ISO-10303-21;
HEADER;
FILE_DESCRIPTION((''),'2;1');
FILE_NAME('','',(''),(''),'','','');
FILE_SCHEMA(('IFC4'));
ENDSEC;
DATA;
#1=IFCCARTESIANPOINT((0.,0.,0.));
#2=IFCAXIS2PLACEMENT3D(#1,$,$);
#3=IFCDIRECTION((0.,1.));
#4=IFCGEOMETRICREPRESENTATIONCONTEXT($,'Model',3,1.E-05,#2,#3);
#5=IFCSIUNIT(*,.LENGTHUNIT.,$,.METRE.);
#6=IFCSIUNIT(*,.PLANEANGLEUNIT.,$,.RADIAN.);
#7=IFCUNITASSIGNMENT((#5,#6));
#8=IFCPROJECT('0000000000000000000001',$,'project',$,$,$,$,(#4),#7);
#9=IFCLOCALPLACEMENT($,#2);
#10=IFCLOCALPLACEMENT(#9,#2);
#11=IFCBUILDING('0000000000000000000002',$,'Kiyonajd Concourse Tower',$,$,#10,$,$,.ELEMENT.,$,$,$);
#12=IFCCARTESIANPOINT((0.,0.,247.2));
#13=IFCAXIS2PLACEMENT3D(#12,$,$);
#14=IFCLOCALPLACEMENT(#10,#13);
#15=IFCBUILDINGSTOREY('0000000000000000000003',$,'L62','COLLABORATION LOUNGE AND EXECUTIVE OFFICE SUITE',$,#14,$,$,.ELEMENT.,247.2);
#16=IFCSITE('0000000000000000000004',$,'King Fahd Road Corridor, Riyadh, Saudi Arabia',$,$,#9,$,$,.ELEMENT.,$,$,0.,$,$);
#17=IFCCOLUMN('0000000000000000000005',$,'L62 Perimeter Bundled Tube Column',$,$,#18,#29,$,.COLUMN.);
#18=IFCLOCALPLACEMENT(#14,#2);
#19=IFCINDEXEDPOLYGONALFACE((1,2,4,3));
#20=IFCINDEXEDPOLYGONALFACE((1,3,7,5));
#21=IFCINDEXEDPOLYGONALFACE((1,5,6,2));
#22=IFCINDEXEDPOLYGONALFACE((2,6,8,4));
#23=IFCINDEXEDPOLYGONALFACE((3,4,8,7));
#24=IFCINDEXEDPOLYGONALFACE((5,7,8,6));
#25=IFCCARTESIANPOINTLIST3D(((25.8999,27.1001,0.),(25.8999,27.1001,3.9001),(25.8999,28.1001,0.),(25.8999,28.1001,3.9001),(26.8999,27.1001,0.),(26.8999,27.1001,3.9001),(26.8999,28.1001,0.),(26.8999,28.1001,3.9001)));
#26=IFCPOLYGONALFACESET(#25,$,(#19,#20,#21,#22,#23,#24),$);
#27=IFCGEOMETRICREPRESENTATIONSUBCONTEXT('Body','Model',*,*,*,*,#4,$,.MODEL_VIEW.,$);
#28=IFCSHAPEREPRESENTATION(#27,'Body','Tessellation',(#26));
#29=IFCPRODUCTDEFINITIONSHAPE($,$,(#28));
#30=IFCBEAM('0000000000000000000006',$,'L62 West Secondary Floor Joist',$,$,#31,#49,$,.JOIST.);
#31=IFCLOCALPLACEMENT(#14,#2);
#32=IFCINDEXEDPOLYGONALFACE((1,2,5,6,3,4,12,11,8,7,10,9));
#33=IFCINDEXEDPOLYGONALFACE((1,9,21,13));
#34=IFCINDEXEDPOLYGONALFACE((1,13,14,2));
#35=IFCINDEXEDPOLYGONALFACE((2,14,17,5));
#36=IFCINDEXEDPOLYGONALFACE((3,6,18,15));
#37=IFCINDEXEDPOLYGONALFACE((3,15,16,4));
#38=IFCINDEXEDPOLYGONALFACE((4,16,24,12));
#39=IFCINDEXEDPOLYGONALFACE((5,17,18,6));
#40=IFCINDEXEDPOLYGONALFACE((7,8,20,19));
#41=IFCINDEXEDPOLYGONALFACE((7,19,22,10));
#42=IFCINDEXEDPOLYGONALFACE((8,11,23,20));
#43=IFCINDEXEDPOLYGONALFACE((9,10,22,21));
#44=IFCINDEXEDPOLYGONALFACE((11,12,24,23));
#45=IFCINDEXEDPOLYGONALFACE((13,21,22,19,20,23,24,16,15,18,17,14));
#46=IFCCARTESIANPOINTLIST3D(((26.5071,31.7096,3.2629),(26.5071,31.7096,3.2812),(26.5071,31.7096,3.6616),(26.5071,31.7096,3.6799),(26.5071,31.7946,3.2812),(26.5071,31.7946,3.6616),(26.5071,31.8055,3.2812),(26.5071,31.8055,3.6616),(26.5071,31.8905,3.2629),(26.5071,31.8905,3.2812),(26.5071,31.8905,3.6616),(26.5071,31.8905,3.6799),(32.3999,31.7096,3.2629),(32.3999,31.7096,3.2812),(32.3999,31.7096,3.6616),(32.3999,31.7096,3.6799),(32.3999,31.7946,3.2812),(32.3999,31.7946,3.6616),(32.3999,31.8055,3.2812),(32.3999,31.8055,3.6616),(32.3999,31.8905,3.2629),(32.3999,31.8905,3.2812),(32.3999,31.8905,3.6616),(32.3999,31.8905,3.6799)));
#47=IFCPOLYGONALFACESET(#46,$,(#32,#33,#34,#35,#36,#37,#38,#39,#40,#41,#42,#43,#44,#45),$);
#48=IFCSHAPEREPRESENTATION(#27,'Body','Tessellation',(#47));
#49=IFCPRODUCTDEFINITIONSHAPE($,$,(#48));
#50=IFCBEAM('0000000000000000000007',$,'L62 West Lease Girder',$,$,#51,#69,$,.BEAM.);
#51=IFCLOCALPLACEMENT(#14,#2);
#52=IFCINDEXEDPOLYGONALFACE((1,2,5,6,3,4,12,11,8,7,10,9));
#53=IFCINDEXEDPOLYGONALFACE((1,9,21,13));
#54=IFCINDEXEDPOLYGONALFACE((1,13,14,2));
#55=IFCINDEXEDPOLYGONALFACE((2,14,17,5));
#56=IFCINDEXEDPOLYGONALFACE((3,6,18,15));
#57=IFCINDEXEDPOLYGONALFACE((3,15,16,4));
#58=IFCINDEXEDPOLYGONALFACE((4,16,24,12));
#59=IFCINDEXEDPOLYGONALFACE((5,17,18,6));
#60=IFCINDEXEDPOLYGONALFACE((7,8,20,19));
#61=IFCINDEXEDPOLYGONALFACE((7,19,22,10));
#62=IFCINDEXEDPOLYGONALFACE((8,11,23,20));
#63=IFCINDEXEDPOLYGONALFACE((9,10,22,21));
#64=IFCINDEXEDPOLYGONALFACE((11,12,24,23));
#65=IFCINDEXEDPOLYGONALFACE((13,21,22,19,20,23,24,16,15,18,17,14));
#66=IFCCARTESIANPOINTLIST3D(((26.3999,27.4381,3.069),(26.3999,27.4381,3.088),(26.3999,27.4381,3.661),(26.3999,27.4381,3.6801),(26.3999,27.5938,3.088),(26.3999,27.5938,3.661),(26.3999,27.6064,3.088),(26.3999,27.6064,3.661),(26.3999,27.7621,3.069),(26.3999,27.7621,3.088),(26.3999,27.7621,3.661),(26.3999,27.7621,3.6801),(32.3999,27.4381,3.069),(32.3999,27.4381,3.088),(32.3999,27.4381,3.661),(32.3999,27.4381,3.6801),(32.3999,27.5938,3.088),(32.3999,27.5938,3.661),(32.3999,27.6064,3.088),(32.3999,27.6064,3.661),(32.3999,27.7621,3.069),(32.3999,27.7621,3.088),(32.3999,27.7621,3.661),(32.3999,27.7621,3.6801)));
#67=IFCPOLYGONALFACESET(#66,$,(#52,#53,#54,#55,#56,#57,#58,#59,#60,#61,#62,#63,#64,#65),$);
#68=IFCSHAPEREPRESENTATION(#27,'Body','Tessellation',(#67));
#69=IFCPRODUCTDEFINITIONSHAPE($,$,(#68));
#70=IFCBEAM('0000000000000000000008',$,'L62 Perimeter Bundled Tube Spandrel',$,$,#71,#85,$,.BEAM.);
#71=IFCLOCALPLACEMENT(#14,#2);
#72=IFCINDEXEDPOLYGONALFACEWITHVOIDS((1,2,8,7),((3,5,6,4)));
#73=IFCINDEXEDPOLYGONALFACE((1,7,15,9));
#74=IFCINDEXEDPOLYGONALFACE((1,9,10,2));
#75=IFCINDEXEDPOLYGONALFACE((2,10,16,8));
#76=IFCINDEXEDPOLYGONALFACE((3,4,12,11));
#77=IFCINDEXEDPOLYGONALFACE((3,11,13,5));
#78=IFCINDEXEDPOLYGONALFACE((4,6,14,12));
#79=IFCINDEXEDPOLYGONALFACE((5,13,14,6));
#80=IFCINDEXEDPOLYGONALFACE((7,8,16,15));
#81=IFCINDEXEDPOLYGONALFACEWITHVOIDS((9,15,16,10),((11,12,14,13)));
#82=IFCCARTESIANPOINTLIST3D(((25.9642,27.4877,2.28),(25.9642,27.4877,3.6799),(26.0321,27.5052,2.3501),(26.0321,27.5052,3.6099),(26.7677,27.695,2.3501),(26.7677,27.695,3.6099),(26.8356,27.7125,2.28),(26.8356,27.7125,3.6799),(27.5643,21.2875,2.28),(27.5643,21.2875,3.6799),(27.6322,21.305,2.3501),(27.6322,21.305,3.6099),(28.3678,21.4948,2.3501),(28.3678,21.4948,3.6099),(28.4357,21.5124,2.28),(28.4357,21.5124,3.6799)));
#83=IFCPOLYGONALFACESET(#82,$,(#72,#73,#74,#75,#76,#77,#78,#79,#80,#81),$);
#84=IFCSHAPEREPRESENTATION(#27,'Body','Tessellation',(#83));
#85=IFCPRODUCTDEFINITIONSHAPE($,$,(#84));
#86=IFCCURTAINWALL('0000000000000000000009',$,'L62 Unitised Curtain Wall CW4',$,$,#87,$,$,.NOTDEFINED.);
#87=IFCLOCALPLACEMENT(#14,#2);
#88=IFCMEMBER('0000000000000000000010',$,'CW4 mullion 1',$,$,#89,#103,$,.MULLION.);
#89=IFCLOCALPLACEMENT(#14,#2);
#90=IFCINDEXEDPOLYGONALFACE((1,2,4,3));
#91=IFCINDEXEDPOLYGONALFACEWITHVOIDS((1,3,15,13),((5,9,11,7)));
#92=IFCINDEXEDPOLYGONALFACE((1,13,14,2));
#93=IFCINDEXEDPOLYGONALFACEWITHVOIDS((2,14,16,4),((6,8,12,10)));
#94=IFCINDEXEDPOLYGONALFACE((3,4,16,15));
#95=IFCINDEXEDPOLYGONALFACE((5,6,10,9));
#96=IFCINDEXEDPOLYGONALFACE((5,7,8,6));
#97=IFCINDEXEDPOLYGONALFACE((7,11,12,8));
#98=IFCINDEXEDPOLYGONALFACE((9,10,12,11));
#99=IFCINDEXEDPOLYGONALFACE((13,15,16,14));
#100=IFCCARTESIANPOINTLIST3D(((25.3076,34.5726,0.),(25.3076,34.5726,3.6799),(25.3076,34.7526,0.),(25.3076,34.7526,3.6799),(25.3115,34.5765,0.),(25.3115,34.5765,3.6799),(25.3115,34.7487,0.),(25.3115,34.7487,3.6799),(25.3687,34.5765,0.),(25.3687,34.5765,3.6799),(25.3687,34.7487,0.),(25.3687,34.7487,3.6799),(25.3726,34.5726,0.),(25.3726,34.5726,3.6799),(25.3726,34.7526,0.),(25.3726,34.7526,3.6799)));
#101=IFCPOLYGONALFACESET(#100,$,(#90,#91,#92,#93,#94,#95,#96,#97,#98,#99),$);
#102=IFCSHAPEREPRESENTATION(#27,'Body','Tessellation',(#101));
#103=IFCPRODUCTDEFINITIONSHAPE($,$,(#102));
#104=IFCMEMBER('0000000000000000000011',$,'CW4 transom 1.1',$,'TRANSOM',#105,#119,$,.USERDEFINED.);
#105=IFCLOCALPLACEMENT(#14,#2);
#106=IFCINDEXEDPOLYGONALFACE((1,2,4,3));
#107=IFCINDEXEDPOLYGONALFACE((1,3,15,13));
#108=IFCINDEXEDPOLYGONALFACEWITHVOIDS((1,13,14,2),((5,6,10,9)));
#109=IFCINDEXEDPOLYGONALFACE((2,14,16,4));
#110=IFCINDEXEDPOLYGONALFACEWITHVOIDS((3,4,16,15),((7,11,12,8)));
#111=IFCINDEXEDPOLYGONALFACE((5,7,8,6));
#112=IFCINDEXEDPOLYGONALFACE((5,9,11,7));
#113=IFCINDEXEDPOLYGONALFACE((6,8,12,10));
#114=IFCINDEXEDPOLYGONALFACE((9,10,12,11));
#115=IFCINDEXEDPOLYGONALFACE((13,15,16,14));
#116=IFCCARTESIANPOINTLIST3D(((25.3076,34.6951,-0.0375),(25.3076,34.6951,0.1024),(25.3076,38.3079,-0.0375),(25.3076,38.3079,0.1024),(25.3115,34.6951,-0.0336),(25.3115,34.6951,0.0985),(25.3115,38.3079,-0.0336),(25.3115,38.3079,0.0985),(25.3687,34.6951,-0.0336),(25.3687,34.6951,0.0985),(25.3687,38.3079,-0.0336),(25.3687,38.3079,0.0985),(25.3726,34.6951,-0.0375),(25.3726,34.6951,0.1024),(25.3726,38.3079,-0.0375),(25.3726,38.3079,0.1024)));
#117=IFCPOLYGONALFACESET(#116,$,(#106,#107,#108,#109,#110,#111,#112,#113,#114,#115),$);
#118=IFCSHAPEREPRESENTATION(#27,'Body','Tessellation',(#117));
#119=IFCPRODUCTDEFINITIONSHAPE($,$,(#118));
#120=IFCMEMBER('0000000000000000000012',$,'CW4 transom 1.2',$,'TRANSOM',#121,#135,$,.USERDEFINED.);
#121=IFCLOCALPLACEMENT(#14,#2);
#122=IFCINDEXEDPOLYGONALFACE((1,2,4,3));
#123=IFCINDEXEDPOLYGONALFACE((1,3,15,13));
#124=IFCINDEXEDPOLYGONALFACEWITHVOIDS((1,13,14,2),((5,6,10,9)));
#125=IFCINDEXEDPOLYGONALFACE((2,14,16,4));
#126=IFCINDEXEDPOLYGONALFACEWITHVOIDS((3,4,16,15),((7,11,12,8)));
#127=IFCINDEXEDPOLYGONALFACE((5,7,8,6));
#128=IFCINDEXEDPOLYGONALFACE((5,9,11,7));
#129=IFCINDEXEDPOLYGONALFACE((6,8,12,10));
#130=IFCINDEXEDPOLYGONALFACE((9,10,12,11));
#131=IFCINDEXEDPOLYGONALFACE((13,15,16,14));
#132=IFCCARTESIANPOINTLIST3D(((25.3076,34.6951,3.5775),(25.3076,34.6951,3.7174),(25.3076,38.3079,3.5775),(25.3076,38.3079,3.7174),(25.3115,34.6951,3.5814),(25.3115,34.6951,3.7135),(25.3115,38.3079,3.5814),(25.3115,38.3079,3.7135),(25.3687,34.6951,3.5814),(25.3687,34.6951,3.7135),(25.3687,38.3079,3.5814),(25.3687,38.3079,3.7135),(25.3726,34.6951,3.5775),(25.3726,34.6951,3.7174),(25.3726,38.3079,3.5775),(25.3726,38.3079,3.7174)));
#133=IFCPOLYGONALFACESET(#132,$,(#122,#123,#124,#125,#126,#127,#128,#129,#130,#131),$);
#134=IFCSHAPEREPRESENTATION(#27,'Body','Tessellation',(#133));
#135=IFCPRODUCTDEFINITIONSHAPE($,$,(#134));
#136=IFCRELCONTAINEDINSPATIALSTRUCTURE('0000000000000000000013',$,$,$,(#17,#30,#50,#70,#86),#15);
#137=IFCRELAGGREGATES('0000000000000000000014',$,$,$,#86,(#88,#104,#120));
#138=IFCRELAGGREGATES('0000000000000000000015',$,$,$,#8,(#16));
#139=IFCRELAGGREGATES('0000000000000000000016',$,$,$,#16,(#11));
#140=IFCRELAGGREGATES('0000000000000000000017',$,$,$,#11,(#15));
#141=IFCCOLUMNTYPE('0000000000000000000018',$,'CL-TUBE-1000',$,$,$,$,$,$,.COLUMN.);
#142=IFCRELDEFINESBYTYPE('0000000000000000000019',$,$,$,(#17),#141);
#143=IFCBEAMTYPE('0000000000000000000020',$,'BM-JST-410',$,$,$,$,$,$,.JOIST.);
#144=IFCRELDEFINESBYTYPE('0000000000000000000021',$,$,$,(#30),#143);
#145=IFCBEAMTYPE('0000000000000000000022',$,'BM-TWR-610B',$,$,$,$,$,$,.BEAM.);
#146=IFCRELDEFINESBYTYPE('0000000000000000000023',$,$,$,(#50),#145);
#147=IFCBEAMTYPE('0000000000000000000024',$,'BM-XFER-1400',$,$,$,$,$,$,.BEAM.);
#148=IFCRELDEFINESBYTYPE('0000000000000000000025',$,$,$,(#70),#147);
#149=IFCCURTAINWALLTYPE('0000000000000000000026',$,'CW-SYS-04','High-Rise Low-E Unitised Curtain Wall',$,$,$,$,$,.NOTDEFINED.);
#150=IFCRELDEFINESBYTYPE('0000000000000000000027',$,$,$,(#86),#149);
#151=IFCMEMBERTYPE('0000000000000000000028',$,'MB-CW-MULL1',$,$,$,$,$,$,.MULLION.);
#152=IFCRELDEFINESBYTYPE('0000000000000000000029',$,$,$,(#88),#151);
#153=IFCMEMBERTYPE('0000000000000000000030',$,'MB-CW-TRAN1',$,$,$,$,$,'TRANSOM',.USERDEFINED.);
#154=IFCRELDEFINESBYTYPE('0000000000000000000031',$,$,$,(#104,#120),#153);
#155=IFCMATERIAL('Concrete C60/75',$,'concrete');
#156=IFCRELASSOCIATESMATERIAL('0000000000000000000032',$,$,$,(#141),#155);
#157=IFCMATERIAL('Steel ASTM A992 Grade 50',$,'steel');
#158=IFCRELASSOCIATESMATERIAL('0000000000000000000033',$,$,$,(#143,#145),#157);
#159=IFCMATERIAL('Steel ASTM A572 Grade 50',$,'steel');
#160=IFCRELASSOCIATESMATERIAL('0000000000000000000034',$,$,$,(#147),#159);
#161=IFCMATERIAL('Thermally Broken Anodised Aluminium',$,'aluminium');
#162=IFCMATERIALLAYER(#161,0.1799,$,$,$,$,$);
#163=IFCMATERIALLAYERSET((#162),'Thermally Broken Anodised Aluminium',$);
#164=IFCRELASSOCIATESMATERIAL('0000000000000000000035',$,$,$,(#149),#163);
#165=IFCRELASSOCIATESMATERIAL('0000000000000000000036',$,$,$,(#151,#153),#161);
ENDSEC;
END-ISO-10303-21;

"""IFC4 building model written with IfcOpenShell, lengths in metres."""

from ifc_helpers import new_model, si_unit, direction, frame, origin, origin_2d, place, context, subcontext, project, spatial, rectangle, hollow_rectangle, i_section, extrude, material, layer, layer_set, material_profile, profile_set, type_object, element, aggregate, save


model = new_model("IFC4")

# Units and contexts
model_context = context("Model", 3, precision=1e-05, world=origin(), true_north=direction((0.0, 1.0)))
body_context = subcontext(model_context, "Body", "Model", "MODEL_VIEW")
ifc_project = project(units=[si_unit("LENGTHUNIT", "METRE"), si_unit("PLANEANGLEUNIT", "RADIAN")], contexts=[model_context])

# Site, building, storey
site_placement = place(None, origin())
site = spatial("IfcSite", under=ifc_project, at=site_placement, Name="King Fahd Road Corridor, Riyadh, Saudi Arabia", CompositionType="ELEMENT", RefElevation=0.0)
building_placement = place(site_placement, origin())
building = spatial("IfcBuilding", under=site, at=building_placement, Name="Kiyonajd Concourse Tower", CompositionType="ELEMENT")
storey_placement = place(building_placement, frame((0.0, 0.0, 247.2)))
storey = spatial("IfcBuildingStorey", under=building, at=storey_placement, Name="L62", Description="COLLABORATION LOUNGE AND EXECUTIVE OFFICE SUITE", CompositionType="ELEMENT", Elevation=247.2)

# Column
ifc_material_1 = material(Name="Concrete C60/75", Category="concrete")
ifc_material_profile_1 = material_profile(ifc_material_1, rectangle(XDim=1.0, YDim=1.0, at=origin_2d()), Name="RC-1000x1000")
ifc_profile_set_1 = profile_set([ifc_material_profile_1], Name="Concrete C60/75")
column_type = type_object("IfcColumnType", Name="CL-TUBE-1000", PredefinedType="COLUMN", material=ifc_profile_set_1)
column_placement = place(storey_placement, frame((26.3999, 27.6001, 0.0), z_axis=(0.0, 0.0, 1.0), x_axis=(1.0, 0.0, 0.0)))
element("IfcColumn", 1, at=column_placement, inside=storey, type_object=column_type, Name="L62 Perimeter Bundled Tube Column", PredefinedType="COLUMN", context=body_context, shape_type="SweptSolid", body=[
    extrude(rectangle(XDim=1.0, YDim=1.0, at=origin_2d()), origin(), (0.0, 0.0, 1.0), 3.9001),
])

# Beams
ifc_material_2 = material(Name="Steel ASTM A992 Grade 50", Category="steel")
ifc_material_profile_2 = material_profile(ifc_material_2, i_section(OverallWidth=0.1809, OverallDepth=0.417, WebThickness=0.011, FlangeThickness=0.0183, at=origin_2d()), Name="W410X85")
ifc_profile_set_2 = profile_set([ifc_material_profile_2], Name="Steel ASTM A992 Grade 50")
beam_type_1 = type_object("IfcBeamType", Name="BM-JST-410", PredefinedType="JOIST", material=ifc_profile_set_2)
beam_1_placement = place(storey_placement, frame((26.5071, 31.8, 3.4714), z_axis=(1.0, 0.0, 0.0), x_axis=(0.0, 1.0, 0.0)))
element("IfcBeam", 2, at=beam_1_placement, inside=storey, type_object=beam_type_1, Name="L62 West Secondary Floor Joist", PredefinedType="JOIST", context=body_context, shape_type="SweptSolid", body=[
    extrude(i_section(OverallWidth=0.1809, OverallDepth=0.417, WebThickness=0.011, FlangeThickness=0.0183, at=origin_2d()), origin(), (0.0, 0.0, 1.0), 5.8928),
])
ifc_material_profile_3 = material_profile(ifc_material_2, i_section(OverallWidth=0.324, OverallDepth=0.6111, WebThickness=0.0127, FlangeThickness=0.019, at=origin_2d()), Name="W610X155")
ifc_profile_set_3 = profile_set([ifc_material_profile_3], Name="Steel ASTM A992 Grade 50")
beam_type_2 = type_object("IfcBeamType", Name="BM-TWR-610B", PredefinedType="BEAM", material=ifc_profile_set_3)
beam_2_placement = place(storey_placement, frame((26.3999, 27.6001, 3.3745), z_axis=(1.0, 0.0, 0.0), x_axis=(0.0, 1.0, 0.0)))
element("IfcBeam", 3, at=beam_2_placement, inside=storey, type_object=beam_type_2, Name="L62 West Lease Girder", PredefinedType="BEAM", context=body_context, shape_type="SweptSolid", body=[
    extrude(i_section(OverallWidth=0.324, OverallDepth=0.6111, WebThickness=0.0127, FlangeThickness=0.019, at=origin_2d()), origin(), (0.0, 0.0, 1.0), 6.0),
])
ifc_material_3 = material(Name="Steel ASTM A572 Grade 50", Category="steel")
ifc_material_profile_4 = material_profile(ifc_material_3, hollow_rectangle(XDim=0.8999, YDim=1.3999, WallThickness=0.0701, at=origin_2d()), Name="BOX-1400x900x70")
ifc_profile_set_4 = profile_set([ifc_material_profile_4], Name="Steel ASTM A572 Grade 50")
beam_type_3 = type_object("IfcBeamType", Name="BM-XFER-1400", PredefinedType="BEAM", material=ifc_profile_set_4)
beam_3_placement = place(storey_placement, frame((26.3999, 27.6001, 2.98), z_axis=(0.249885, -0.968276, 0.0), x_axis=(0.968276, 0.249885, 0.0)))
element("IfcBeam", 4, at=beam_3_placement, inside=storey, type_object=beam_type_3, Name="L62 Perimeter Bundled Tube Spandrel", PredefinedType="BEAM", context=body_context, shape_type="SweptSolid", body=[
    extrude(hollow_rectangle(XDim=0.8999, YDim=1.3999, WallThickness=0.0701, at=origin_2d()), origin(), (0.0, 0.0, 1.0), 6.4033),
])

# Curtain wall, members
ifc_material_4 = material(Name="Thermally Broken Anodised Aluminium", Category="aluminium")
ifc_layer_1 = layer(ifc_material_4, 0.1799)
ifc_layer_set_1 = layer_set([ifc_layer_1], Name="Thermally Broken Anodised Aluminium")
curtain_wall_type = type_object("IfcCurtainWallType", Name="CW-SYS-04", Description="High-Rise Low-E Unitised Curtain Wall", PredefinedType="NOTDEFINED", material=ifc_layer_set_1)
curtain_wall_placement = place(storey_placement, origin())
curtain_wall = element("IfcCurtainWall", 5, at=curtain_wall_placement, inside=storey, type_object=curtain_wall_type, Name="L62 Unitised Curtain Wall CW4", PredefinedType="NOTDEFINED")
ifc_material_profile_5 = material_profile(ifc_material_4, hollow_rectangle(XDim=0.0649, YDim=0.1799, WallThickness=0.0039, at=origin_2d()), Name="MULL-65x180")
ifc_profile_set_5 = profile_set([ifc_material_profile_5], Name="Thermally Broken Anodised Aluminium")
member_type_1 = type_object("IfcMemberType", Name="MB-CW-MULL1", PredefinedType="MULLION", material=ifc_profile_set_5)
member_1_placement = place(storey_placement, frame((25.3401, 34.6626, 0.0), z_axis=(0.0, 0.0, 1.0), x_axis=(-1.0, 0.0, 0.0)))
member_1 = element("IfcMember", 6, at=member_1_placement, type_object=member_type_1, Name="CW4 mullion 1", PredefinedType="MULLION", context=body_context, shape_type="SweptSolid", body=[
    extrude(hollow_rectangle(XDim=0.0649, YDim=0.1799, WallThickness=0.0039, at=origin_2d()), origin(), (0.0, 0.0, 1.0), 3.6799),
])
ifc_material_profile_6 = material_profile(ifc_material_4, hollow_rectangle(XDim=0.0649, YDim=0.1399, WallThickness=0.0039, at=origin_2d()), Name="TRAN-65x140")
ifc_profile_set_6 = profile_set([ifc_material_profile_6], Name="Thermally Broken Anodised Aluminium")
member_type_2 = type_object("IfcMemberType", Name="MB-CW-TRAN1", ElementType="TRANSOM", PredefinedType="USERDEFINED", material=ifc_profile_set_6)
member_2_placement = place(storey_placement, frame((25.3401, 34.6951, 0.0325), z_axis=(0.0, 1.0, 0.0), x_axis=(-1.0, 0.0, 0.0)))
member_2 = element("IfcMember", 7, at=member_2_placement, type_object=member_type_2, Name="CW4 transom 1.1", ObjectType="TRANSOM", PredefinedType="USERDEFINED", context=body_context, shape_type="SweptSolid", body=[
    extrude(hollow_rectangle(XDim=0.0649, YDim=0.1399, WallThickness=0.0039, at=origin_2d()), origin(), (0.0, 0.0, 1.0), 3.6128),
])
member_3_placement = place(storey_placement, frame((25.3401, 34.6951, 3.6475), z_axis=(0.0, 1.0, 0.0), x_axis=(-1.0, 0.0, 0.0)))
member_3 = element("IfcMember", 8, at=member_3_placement, type_object=member_type_2, Name="CW4 transom 1.2", ObjectType="TRANSOM", PredefinedType="USERDEFINED", context=body_context, shape_type="SweptSolid", body=[
    extrude(hollow_rectangle(XDim=0.0649, YDim=0.1399, WallThickness=0.0039, at=origin_2d()), origin(), (0.0, 0.0, 1.0), 3.6128),
])
aggregate(curtain_wall, [member_1, member_2, member_3])

save(model, "model.ifc")
